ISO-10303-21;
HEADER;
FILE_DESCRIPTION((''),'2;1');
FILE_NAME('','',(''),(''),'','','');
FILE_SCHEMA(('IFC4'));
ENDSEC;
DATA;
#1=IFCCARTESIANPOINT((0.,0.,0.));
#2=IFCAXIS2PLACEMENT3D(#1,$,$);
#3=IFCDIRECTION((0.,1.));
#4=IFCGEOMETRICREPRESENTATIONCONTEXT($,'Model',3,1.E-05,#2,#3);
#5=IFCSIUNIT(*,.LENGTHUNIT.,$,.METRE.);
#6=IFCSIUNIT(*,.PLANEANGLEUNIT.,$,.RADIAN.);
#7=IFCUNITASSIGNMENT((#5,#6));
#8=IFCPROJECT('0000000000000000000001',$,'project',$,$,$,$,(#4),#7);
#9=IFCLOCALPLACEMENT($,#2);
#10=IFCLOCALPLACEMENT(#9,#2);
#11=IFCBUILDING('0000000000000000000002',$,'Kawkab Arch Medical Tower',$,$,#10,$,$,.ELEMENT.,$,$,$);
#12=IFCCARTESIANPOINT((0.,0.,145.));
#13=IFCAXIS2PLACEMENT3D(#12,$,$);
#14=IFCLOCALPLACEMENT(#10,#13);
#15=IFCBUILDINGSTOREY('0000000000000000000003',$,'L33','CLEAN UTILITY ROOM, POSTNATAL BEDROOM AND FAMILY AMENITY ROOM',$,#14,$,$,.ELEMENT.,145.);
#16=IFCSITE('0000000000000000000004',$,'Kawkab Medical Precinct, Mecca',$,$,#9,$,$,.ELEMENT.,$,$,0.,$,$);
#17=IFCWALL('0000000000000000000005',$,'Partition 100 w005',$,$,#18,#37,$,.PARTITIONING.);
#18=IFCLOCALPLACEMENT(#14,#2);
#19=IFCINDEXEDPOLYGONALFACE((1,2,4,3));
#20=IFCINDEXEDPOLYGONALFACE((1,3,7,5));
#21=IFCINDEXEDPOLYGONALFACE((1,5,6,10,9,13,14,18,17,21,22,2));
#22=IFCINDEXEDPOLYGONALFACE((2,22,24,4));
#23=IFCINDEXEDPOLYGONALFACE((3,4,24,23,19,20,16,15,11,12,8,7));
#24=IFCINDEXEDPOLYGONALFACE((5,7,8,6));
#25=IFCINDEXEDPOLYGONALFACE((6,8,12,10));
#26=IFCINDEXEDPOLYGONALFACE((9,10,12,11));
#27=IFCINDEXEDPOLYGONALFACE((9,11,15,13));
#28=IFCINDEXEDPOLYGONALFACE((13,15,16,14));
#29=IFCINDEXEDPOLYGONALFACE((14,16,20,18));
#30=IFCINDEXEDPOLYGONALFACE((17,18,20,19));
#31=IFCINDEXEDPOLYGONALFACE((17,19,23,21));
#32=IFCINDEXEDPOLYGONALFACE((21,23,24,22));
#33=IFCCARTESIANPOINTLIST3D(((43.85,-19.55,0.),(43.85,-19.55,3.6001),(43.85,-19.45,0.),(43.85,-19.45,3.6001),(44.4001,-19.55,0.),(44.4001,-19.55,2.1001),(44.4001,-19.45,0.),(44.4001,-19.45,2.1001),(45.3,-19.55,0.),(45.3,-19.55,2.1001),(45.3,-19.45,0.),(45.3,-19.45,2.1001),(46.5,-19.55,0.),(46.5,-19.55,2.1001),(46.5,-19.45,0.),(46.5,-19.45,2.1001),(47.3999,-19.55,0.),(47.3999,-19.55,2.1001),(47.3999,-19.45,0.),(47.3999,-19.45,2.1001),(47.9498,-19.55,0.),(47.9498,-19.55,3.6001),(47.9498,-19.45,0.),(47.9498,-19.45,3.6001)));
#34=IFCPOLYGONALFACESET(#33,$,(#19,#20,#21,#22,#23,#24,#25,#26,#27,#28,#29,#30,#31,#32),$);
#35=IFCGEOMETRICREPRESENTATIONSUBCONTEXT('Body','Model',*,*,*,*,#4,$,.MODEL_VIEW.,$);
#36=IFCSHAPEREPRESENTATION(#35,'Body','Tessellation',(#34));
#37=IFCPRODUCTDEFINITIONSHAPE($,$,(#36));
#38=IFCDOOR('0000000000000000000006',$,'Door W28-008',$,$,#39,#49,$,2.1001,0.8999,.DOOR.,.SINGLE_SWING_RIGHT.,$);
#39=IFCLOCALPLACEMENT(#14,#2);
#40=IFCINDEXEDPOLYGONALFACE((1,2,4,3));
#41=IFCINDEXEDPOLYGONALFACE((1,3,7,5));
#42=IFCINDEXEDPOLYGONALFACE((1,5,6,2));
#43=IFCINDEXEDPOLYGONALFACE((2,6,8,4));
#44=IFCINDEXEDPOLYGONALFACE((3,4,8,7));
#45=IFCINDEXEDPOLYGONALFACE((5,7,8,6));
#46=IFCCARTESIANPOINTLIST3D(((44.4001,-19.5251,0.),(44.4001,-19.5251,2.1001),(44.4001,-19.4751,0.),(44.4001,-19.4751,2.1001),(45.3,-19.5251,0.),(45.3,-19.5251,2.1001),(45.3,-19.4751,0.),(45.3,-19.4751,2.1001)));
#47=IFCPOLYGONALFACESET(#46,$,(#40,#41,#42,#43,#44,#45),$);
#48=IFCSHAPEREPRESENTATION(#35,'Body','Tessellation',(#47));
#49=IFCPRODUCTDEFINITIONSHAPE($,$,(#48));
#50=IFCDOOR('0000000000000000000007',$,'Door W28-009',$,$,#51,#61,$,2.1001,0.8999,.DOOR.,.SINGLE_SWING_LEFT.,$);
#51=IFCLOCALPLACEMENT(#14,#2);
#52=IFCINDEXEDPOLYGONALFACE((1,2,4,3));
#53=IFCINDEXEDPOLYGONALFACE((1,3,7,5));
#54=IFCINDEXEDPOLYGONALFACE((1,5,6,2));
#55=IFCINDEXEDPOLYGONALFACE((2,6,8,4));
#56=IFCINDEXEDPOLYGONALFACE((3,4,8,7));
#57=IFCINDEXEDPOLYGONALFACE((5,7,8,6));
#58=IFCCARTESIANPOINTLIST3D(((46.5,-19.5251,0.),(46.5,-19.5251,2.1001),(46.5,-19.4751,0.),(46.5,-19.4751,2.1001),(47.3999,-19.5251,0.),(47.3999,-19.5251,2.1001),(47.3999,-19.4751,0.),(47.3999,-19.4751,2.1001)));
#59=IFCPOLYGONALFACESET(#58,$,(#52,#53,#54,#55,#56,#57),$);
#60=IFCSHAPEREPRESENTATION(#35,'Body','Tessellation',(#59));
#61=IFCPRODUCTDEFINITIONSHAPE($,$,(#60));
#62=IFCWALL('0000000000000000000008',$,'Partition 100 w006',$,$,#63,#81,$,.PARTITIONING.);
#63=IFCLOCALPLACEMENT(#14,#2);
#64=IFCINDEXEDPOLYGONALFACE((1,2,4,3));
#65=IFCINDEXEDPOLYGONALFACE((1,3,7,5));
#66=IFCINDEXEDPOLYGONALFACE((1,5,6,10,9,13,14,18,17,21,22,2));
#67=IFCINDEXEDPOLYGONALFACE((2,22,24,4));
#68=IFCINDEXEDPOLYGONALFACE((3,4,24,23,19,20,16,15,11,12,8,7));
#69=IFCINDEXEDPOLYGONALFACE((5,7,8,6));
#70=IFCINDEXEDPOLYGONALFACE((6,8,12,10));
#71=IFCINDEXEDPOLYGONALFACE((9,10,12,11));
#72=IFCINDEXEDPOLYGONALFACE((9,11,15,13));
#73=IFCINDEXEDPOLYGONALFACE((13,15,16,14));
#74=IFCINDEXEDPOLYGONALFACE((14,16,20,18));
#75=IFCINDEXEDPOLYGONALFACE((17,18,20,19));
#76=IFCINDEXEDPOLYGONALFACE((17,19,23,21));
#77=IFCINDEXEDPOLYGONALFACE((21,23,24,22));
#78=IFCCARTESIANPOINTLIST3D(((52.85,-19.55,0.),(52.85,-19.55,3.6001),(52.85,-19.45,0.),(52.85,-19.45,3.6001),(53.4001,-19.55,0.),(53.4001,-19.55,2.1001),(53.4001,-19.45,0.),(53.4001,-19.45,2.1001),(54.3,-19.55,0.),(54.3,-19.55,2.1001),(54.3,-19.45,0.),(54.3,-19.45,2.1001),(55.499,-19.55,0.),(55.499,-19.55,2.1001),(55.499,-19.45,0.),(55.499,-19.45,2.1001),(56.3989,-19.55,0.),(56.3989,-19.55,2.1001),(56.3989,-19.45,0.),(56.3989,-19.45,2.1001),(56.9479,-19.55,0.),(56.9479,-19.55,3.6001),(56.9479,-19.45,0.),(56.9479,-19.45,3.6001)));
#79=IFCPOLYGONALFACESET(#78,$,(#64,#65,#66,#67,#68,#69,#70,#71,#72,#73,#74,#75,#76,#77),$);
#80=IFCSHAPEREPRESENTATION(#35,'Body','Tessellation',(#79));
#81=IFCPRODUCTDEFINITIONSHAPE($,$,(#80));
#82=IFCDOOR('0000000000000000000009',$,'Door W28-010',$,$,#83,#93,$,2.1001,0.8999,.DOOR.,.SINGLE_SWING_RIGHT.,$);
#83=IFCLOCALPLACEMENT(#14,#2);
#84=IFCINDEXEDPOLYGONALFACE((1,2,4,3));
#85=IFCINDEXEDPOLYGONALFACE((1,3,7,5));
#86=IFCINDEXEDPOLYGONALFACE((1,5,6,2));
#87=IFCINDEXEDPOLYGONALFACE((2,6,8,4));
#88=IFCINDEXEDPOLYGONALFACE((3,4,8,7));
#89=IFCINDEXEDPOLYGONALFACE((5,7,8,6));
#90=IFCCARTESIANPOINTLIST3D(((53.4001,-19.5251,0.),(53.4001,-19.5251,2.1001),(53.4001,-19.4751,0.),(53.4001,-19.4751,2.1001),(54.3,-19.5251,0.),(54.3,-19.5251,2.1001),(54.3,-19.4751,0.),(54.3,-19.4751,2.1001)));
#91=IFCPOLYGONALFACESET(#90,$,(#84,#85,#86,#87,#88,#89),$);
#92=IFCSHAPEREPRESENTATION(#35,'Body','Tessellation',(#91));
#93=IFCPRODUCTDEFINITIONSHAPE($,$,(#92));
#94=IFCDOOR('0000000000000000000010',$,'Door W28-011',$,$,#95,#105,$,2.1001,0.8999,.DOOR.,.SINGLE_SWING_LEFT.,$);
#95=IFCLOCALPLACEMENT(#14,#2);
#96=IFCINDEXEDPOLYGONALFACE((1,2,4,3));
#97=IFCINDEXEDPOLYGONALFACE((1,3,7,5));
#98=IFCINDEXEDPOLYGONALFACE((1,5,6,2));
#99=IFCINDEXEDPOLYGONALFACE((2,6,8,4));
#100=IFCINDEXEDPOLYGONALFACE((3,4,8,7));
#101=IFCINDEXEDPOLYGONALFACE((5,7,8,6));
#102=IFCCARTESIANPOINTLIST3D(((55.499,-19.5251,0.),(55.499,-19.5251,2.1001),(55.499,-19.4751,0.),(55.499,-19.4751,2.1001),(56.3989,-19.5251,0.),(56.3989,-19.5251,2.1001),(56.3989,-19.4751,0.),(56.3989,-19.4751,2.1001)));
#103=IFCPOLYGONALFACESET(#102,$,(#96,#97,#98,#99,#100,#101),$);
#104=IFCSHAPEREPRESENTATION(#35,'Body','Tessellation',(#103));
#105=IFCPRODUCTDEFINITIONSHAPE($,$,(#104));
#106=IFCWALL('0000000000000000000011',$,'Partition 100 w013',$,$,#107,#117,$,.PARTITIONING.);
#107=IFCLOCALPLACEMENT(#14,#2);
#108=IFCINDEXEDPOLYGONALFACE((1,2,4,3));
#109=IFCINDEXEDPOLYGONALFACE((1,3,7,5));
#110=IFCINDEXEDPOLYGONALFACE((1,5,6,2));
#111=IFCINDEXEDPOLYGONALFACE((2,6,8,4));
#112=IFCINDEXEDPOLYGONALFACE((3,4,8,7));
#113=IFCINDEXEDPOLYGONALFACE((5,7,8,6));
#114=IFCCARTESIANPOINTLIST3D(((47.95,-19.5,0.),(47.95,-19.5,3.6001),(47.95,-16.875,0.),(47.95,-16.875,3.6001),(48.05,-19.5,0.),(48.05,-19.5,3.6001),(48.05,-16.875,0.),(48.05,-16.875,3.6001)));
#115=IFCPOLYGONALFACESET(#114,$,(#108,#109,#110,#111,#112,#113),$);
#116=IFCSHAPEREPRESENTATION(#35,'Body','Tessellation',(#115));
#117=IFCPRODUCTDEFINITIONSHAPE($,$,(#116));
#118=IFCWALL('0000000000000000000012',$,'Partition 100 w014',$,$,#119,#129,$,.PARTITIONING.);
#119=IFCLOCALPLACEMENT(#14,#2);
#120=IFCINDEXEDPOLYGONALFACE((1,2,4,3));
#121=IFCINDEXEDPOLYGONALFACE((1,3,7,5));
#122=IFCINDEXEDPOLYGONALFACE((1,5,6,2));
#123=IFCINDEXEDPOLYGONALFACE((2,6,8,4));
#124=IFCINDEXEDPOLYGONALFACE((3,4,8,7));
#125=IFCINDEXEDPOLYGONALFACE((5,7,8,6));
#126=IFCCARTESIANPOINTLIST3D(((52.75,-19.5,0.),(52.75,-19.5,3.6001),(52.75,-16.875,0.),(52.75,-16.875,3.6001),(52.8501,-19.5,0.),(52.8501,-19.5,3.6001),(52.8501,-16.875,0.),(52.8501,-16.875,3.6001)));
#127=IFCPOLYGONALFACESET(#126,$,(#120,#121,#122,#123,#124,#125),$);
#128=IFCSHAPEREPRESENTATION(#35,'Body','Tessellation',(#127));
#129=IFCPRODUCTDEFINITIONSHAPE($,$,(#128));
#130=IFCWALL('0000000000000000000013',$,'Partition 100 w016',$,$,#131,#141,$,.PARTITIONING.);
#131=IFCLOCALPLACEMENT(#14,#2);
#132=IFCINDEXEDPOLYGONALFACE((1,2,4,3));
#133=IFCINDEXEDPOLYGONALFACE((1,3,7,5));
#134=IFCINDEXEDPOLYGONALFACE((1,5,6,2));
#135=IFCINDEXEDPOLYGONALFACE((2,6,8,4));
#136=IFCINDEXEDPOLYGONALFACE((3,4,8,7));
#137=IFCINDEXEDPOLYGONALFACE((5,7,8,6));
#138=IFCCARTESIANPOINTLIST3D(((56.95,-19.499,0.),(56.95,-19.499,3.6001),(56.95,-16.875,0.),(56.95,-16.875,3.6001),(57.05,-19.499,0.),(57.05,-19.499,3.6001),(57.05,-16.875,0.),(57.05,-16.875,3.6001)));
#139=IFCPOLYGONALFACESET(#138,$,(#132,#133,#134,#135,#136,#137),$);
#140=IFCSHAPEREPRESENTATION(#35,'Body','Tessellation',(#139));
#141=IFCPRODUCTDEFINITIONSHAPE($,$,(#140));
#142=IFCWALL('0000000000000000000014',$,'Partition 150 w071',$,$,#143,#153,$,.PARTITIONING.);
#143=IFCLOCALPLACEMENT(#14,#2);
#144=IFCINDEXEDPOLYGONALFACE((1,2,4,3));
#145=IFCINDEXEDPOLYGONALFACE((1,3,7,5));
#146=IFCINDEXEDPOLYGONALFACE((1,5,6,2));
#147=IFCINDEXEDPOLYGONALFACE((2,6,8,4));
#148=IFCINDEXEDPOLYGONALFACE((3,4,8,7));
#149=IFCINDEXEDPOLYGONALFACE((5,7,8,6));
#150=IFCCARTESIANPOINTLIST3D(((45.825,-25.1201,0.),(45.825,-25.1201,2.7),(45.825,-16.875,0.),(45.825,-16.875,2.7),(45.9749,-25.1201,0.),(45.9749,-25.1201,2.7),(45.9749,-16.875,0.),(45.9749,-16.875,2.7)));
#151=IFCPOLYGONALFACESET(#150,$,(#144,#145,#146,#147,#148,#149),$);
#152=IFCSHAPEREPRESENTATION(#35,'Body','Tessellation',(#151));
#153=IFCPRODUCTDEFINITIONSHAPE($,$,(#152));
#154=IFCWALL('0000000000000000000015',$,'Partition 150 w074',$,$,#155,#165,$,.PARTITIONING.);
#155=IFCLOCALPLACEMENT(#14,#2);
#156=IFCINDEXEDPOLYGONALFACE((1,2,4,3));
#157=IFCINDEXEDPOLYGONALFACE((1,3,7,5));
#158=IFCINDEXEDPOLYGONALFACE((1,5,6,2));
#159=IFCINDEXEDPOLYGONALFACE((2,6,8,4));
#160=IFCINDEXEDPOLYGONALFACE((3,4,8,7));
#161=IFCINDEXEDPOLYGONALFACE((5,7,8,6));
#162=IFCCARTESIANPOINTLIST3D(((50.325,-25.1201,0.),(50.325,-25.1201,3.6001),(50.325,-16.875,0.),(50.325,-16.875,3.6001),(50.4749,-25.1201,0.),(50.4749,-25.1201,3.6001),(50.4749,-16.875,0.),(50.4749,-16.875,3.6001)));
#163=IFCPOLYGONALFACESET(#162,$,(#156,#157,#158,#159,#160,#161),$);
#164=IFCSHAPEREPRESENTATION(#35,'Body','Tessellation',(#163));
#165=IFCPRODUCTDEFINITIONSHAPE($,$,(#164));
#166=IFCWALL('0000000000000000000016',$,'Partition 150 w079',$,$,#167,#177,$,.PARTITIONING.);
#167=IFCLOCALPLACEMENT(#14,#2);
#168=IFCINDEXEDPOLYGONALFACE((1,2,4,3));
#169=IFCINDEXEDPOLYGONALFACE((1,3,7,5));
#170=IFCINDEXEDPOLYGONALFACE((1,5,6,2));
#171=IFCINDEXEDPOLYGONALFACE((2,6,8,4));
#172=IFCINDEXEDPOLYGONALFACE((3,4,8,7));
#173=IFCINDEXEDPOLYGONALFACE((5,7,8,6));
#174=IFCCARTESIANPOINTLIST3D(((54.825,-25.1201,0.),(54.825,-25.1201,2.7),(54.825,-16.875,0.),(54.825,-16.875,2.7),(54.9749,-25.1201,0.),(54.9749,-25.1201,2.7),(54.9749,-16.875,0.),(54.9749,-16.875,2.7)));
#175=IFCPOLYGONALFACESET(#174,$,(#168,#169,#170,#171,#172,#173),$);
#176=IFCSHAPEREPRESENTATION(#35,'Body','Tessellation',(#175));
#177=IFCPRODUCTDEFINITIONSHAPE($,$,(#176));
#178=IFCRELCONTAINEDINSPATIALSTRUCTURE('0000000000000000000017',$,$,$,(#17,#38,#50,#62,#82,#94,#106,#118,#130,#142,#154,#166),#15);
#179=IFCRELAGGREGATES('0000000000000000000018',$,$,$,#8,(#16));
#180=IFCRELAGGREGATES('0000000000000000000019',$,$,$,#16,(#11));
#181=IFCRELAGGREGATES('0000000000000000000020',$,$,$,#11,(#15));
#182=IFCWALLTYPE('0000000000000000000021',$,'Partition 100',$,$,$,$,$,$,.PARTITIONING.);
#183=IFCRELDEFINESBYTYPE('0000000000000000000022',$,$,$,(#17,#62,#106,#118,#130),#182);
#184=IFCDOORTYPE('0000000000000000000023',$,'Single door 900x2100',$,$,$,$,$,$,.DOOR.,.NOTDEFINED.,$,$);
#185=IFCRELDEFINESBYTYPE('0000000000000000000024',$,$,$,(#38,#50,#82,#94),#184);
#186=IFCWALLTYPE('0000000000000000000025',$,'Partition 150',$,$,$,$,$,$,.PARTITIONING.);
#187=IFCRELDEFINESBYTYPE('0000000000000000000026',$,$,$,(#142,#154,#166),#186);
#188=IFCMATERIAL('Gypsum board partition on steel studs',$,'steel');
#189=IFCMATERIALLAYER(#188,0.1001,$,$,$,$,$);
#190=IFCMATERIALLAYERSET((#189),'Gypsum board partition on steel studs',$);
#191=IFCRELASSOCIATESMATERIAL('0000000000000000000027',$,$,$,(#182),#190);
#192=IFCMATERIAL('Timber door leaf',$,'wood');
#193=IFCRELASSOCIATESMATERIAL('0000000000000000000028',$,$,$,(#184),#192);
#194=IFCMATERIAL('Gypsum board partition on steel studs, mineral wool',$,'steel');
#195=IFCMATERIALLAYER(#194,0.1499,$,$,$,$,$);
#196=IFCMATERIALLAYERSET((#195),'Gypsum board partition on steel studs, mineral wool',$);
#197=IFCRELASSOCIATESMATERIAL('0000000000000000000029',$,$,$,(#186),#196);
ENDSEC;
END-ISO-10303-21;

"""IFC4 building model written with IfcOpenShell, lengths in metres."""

from ifc_helpers import new_model, si_unit, direction, frame, frame_2d, origin, place, context, subcontext, project, spatial, rectangle, extrude, material, layer, layer_set, type_object, element, fill, save


model = new_model("IFC4")

# Units and contexts
model_context = context("Model", 3, precision=1e-05, world=origin(), true_north=direction((0.0, 1.0)))
body_context = subcontext(model_context, "Body", "Model", "MODEL_VIEW")
ifc_project = project(units=[si_unit("LENGTHUNIT", "METRE"), si_unit("PLANEANGLEUNIT", "RADIAN")], contexts=[model_context])

# Site, building, storey
site_placement = place(None, origin())
site = spatial("IfcSite", under=ifc_project, at=site_placement, Name="Kawkab Medical Precinct, Mecca", CompositionType="ELEMENT", RefElevation=0.0)
building_placement = place(site_placement, origin())
building = spatial("IfcBuilding", under=site, at=building_placement, Name="Kawkab Arch Medical Tower", CompositionType="ELEMENT")
storey_placement = place(building_placement, frame((0.0, 0.0, 145.0)))
storey = spatial("IfcBuildingStorey", under=building, at=storey_placement, Name="L33", Description="CLEAN UTILITY ROOM, POSTNATAL BEDROOM AND FAMILY AMENITY ROOM", CompositionType="ELEMENT", Elevation=145.0)

# Walls, openings, doors
ifc_material_1 = material(Name="Gypsum board partition on steel studs", Category="steel")
ifc_layer_1 = layer(ifc_material_1, 0.1001)
ifc_layer_set_1 = layer_set([ifc_layer_1], Name="Gypsum board partition on steel studs")
wall_type_1 = type_object("IfcWallType", Name="Partition 100", PredefinedType="PARTITIONING", material=ifc_layer_set_1)
wall_1_placement = place(storey_placement, frame((43.8501, -19.5, 0.0), z_axis=(0.0, 0.0, 1.0), x_axis=(1.0, 0.0, 0.0)))
wall_1 = element("IfcWall", 1, at=wall_1_placement, inside=storey, type_object=wall_type_1, Name="Partition 100 w005", PredefinedType="PARTITIONING", context=body_context, shape_type="SweptSolid", body=[
    extrude(rectangle(XDim=4.0999, YDim=0.1001, at=frame_2d((2.0498, 0.0))), origin(), (0.0, 0.0, 1.0), 3.6001),
])
opening_1_placement = place(wall_1_placement, frame((0.55, 0.0, 0.0)))
opening_1 = element("IfcOpeningElement", 2, at=opening_1_placement, cuts=wall_1, PredefinedType="OPENING", context=body_context, shape_type="SweptSolid", body=[
    extrude(rectangle(XDim=0.8999, YDim=2.1001, at=frame_2d((0.45, 1.05))), frame((0.0, 0.0601, 0.0), z_axis=(0.0, -1.0, 0.0), x_axis=(1.0, 0.0, 0.0)), (0.0, 0.0, 1.0), 0.1201),
])
opening_2_placement = place(wall_1_placement, frame((2.6499, 0.0, 0.0)))
opening_2 = element("IfcOpeningElement", 3, at=opening_2_placement, cuts=wall_1, PredefinedType="OPENING", context=body_context, shape_type="SweptSolid", body=[
    extrude(rectangle(XDim=0.8999, YDim=2.1001, at=frame_2d((0.45, 1.05))), frame((0.0, 0.0601, 0.0), z_axis=(0.0, -1.0, 0.0), x_axis=(1.0, 0.0, 0.0)), (0.0, 0.0, 1.0), 0.1201),
])
ifc_material_2 = material(Name="Timber door leaf", Category="wood")
door_type = type_object("IfcDoorType", Name="Single door 900x2100", OperationType="NOTDEFINED", PredefinedType="DOOR", material=ifc_material_2)
door_1_placement = place(opening_1_placement, origin())
door_1 = element("IfcDoor", 4, at=door_1_placement, inside=storey, type_object=door_type, Name="Door W28-008", OperationType="SINGLE_SWING_RIGHT", OverallHeight=2.1001, OverallWidth=0.8999, PredefinedType="DOOR", context=body_context, shape_type="SweptSolid", body=[
    extrude(rectangle(XDim=0.8999, YDim=2.1001, at=frame_2d((0.45, 1.05))), frame((0.0, 0.0249, 0.0), z_axis=(0.0, -1.0, 0.0), x_axis=(1.0, 0.0, 0.0)), (0.0, 0.0, 1.0), 0.05),
])
fill(opening_1, door_1)
door_2_placement = place(opening_2_placement, origin())
door_2 = element("IfcDoor", 5, at=door_2_placement, inside=storey, type_object=door_type, Name="Door W28-009", OperationType="SINGLE_SWING_LEFT", OverallHeight=2.1001, OverallWidth=0.8999, PredefinedType="DOOR", context=body_context, shape_type="SweptSolid", body=[
    extrude(rectangle(XDim=0.8999, YDim=2.1001, at=frame_2d((0.45, 1.05))), frame((0.0, 0.0249, 0.0), z_axis=(0.0, -1.0, 0.0), x_axis=(1.0, 0.0, 0.0)), (0.0, 0.0, 1.0), 0.05),
])
fill(opening_2, door_2)
wall_2_placement = place(storey_placement, frame((52.8501, -19.5, 0.0), z_axis=(0.0, 0.0, 1.0), x_axis=(1.0, 0.0, 0.0)))
wall_2 = element("IfcWall", 6, at=wall_2_placement, inside=storey, type_object=wall_type_1, Name="Partition 100 w006", PredefinedType="PARTITIONING", context=body_context, shape_type="SweptSolid", body=[
    extrude(rectangle(XDim=4.0979, YDim=0.1001, at=frame_2d((2.0488, 0.0))), origin(), (0.0, 0.0, 1.0), 3.6001),
])
opening_3_placement = place(wall_2_placement, frame((0.55, 0.0, 0.0)))
opening_3 = element("IfcOpeningElement", 7, at=opening_3_placement, cuts=wall_2, PredefinedType="OPENING", context=body_context, shape_type="SweptSolid", body=[
    extrude(rectangle(XDim=0.8999, YDim=2.1001, at=frame_2d((0.45, 1.05))), frame((0.0, 0.0601, 0.0), z_axis=(0.0, -1.0, 0.0), x_axis=(1.0, 0.0, 0.0)), (0.0, 0.0, 1.0), 0.1201),
])
opening_4_placement = place(wall_2_placement, frame((2.6489, 0.0, 0.0)))
opening_4 = element("IfcOpeningElement", 8, at=opening_4_placement, cuts=wall_2, PredefinedType="OPENING", context=body_context, shape_type="SweptSolid", body=[
    extrude(rectangle(XDim=0.8999, YDim=2.1001, at=frame_2d((0.45, 1.05))), frame((0.0, 0.0601, 0.0), z_axis=(0.0, -1.0, 0.0), x_axis=(1.0, 0.0, 0.0)), (0.0, 0.0, 1.0), 0.1201),
])
door_3_placement = place(opening_3_placement, origin())
door_3 = element("IfcDoor", 9, at=door_3_placement, inside=storey, type_object=door_type, Name="Door W28-010", OperationType="SINGLE_SWING_RIGHT", OverallHeight=2.1001, OverallWidth=0.8999, PredefinedType="DOOR", context=body_context, shape_type="SweptSolid", body=[
    extrude(rectangle(XDim=0.8999, YDim=2.1001, at=frame_2d((0.45, 1.05))), frame((0.0, 0.0249, 0.0), z_axis=(0.0, -1.0, 0.0), x_axis=(1.0, 0.0, 0.0)), (0.0, 0.0, 1.0), 0.05),
])
fill(opening_3, door_3)
door_4_placement = place(opening_4_placement, origin())
door_4 = element("IfcDoor", 10, at=door_4_placement, inside=storey, type_object=door_type, Name="Door W28-011", OperationType="SINGLE_SWING_LEFT", OverallHeight=2.1001, OverallWidth=0.8999, PredefinedType="DOOR", context=body_context, shape_type="SweptSolid", body=[
    extrude(rectangle(XDim=0.8999, YDim=2.1001, at=frame_2d((0.45, 1.05))), frame((0.0, 0.0249, 0.0), z_axis=(0.0, -1.0, 0.0), x_axis=(1.0, 0.0, 0.0)), (0.0, 0.0, 1.0), 0.05),
])
fill(opening_4, door_4)

# Walls
for number, where, z_axis, x_axis, name in (
    (11, (48.0, -19.5, 0.0), (0.0, 0.0, 1.0), (0.0, 1.0, 0.0), "Partition 100 w013"),
    (12, (52.8, -19.5, 0.0), (0.0, 0.0, 1.0), (0.0, 1.0, 0.0), "Partition 100 w014"),
):
    element("IfcWall", number, at=place(storey_placement, frame(where, z_axis=z_axis, x_axis=x_axis)), inside=storey, type_object=wall_type_1, Name=name, PredefinedType="PARTITIONING", context=body_context, shape_type="SweptSolid", body=[
        extrude(rectangle(XDim=2.625, YDim=0.1001, at=frame_2d((1.3125, 0.0))), origin(), (0.0, 0.0, 1.0), 3.6001),
    ])
wall_3_placement = place(storey_placement, frame((57.0, -19.499, 0.0), z_axis=(0.0, 0.0, 1.0), x_axis=(0.0, 1.0, 0.0)))
element("IfcWall", 13, at=wall_3_placement, inside=storey, type_object=wall_type_1, Name="Partition 100 w016", PredefinedType="PARTITIONING", context=body_context, shape_type="SweptSolid", body=[
    extrude(rectangle(XDim=2.624, YDim=0.1001, at=frame_2d((1.312, 0.0))), origin(), (0.0, 0.0, 1.0), 3.6001),
])
ifc_material_3 = material(Name="Gypsum board partition on steel studs, mineral wool", Category="steel")
ifc_layer_2 = layer(ifc_material_3, 0.1499)
ifc_layer_set_2 = layer_set([ifc_layer_2], Name="Gypsum board partition on steel studs, mineral wool")
wall_type_2 = type_object("IfcWallType", Name="Partition 150", PredefinedType="PARTITIONING", material=ifc_layer_set_2)
wall_4_placement = place(storey_placement, frame((45.8999, -25.1201, 0.0), z_axis=(0.0, 0.0, 1.0), x_axis=(0.0, 1.0, 0.0)))
element("IfcWall", 14, at=wall_4_placement, inside=storey, type_object=wall_type_2, Name="Partition 150 w071", PredefinedType="PARTITIONING", context=body_context, shape_type="SweptSolid", body=[
    extrude(rectangle(XDim=8.2451, YDim=0.1499, at=frame_2d((4.1226, 0.0))), origin(), (0.0, 0.0, 1.0), 2.7),
])
wall_5_placement = place(storey_placement, frame((50.3999, -25.1201, 0.0), z_axis=(0.0, 0.0, 1.0), x_axis=(0.0, 1.0, 0.0)))
element("IfcWall", 15, at=wall_5_placement, inside=storey, type_object=wall_type_2, Name="Partition 150 w074", PredefinedType="PARTITIONING", context=body_context, shape_type="SweptSolid", body=[
    extrude(rectangle(XDim=8.2451, YDim=0.1499, at=frame_2d((4.1226, 0.0))), origin(), (0.0, 0.0, 1.0), 3.6001),
])
wall_6_placement = place(storey_placement, frame((54.8999, -25.1201, 0.0), z_axis=(0.0, 0.0, 1.0), x_axis=(0.0, 1.0, 0.0)))
element("IfcWall", 16, at=wall_6_placement, inside=storey, type_object=wall_type_2, Name="Partition 150 w079", PredefinedType="PARTITIONING", context=body_context, shape_type="SweptSolid", body=[
    extrude(rectangle(XDim=8.2451, YDim=0.1499, at=frame_2d((4.1226, 0.0))), origin(), (0.0, 0.0, 1.0), 2.7),
])

save(model, "model.ifc")
